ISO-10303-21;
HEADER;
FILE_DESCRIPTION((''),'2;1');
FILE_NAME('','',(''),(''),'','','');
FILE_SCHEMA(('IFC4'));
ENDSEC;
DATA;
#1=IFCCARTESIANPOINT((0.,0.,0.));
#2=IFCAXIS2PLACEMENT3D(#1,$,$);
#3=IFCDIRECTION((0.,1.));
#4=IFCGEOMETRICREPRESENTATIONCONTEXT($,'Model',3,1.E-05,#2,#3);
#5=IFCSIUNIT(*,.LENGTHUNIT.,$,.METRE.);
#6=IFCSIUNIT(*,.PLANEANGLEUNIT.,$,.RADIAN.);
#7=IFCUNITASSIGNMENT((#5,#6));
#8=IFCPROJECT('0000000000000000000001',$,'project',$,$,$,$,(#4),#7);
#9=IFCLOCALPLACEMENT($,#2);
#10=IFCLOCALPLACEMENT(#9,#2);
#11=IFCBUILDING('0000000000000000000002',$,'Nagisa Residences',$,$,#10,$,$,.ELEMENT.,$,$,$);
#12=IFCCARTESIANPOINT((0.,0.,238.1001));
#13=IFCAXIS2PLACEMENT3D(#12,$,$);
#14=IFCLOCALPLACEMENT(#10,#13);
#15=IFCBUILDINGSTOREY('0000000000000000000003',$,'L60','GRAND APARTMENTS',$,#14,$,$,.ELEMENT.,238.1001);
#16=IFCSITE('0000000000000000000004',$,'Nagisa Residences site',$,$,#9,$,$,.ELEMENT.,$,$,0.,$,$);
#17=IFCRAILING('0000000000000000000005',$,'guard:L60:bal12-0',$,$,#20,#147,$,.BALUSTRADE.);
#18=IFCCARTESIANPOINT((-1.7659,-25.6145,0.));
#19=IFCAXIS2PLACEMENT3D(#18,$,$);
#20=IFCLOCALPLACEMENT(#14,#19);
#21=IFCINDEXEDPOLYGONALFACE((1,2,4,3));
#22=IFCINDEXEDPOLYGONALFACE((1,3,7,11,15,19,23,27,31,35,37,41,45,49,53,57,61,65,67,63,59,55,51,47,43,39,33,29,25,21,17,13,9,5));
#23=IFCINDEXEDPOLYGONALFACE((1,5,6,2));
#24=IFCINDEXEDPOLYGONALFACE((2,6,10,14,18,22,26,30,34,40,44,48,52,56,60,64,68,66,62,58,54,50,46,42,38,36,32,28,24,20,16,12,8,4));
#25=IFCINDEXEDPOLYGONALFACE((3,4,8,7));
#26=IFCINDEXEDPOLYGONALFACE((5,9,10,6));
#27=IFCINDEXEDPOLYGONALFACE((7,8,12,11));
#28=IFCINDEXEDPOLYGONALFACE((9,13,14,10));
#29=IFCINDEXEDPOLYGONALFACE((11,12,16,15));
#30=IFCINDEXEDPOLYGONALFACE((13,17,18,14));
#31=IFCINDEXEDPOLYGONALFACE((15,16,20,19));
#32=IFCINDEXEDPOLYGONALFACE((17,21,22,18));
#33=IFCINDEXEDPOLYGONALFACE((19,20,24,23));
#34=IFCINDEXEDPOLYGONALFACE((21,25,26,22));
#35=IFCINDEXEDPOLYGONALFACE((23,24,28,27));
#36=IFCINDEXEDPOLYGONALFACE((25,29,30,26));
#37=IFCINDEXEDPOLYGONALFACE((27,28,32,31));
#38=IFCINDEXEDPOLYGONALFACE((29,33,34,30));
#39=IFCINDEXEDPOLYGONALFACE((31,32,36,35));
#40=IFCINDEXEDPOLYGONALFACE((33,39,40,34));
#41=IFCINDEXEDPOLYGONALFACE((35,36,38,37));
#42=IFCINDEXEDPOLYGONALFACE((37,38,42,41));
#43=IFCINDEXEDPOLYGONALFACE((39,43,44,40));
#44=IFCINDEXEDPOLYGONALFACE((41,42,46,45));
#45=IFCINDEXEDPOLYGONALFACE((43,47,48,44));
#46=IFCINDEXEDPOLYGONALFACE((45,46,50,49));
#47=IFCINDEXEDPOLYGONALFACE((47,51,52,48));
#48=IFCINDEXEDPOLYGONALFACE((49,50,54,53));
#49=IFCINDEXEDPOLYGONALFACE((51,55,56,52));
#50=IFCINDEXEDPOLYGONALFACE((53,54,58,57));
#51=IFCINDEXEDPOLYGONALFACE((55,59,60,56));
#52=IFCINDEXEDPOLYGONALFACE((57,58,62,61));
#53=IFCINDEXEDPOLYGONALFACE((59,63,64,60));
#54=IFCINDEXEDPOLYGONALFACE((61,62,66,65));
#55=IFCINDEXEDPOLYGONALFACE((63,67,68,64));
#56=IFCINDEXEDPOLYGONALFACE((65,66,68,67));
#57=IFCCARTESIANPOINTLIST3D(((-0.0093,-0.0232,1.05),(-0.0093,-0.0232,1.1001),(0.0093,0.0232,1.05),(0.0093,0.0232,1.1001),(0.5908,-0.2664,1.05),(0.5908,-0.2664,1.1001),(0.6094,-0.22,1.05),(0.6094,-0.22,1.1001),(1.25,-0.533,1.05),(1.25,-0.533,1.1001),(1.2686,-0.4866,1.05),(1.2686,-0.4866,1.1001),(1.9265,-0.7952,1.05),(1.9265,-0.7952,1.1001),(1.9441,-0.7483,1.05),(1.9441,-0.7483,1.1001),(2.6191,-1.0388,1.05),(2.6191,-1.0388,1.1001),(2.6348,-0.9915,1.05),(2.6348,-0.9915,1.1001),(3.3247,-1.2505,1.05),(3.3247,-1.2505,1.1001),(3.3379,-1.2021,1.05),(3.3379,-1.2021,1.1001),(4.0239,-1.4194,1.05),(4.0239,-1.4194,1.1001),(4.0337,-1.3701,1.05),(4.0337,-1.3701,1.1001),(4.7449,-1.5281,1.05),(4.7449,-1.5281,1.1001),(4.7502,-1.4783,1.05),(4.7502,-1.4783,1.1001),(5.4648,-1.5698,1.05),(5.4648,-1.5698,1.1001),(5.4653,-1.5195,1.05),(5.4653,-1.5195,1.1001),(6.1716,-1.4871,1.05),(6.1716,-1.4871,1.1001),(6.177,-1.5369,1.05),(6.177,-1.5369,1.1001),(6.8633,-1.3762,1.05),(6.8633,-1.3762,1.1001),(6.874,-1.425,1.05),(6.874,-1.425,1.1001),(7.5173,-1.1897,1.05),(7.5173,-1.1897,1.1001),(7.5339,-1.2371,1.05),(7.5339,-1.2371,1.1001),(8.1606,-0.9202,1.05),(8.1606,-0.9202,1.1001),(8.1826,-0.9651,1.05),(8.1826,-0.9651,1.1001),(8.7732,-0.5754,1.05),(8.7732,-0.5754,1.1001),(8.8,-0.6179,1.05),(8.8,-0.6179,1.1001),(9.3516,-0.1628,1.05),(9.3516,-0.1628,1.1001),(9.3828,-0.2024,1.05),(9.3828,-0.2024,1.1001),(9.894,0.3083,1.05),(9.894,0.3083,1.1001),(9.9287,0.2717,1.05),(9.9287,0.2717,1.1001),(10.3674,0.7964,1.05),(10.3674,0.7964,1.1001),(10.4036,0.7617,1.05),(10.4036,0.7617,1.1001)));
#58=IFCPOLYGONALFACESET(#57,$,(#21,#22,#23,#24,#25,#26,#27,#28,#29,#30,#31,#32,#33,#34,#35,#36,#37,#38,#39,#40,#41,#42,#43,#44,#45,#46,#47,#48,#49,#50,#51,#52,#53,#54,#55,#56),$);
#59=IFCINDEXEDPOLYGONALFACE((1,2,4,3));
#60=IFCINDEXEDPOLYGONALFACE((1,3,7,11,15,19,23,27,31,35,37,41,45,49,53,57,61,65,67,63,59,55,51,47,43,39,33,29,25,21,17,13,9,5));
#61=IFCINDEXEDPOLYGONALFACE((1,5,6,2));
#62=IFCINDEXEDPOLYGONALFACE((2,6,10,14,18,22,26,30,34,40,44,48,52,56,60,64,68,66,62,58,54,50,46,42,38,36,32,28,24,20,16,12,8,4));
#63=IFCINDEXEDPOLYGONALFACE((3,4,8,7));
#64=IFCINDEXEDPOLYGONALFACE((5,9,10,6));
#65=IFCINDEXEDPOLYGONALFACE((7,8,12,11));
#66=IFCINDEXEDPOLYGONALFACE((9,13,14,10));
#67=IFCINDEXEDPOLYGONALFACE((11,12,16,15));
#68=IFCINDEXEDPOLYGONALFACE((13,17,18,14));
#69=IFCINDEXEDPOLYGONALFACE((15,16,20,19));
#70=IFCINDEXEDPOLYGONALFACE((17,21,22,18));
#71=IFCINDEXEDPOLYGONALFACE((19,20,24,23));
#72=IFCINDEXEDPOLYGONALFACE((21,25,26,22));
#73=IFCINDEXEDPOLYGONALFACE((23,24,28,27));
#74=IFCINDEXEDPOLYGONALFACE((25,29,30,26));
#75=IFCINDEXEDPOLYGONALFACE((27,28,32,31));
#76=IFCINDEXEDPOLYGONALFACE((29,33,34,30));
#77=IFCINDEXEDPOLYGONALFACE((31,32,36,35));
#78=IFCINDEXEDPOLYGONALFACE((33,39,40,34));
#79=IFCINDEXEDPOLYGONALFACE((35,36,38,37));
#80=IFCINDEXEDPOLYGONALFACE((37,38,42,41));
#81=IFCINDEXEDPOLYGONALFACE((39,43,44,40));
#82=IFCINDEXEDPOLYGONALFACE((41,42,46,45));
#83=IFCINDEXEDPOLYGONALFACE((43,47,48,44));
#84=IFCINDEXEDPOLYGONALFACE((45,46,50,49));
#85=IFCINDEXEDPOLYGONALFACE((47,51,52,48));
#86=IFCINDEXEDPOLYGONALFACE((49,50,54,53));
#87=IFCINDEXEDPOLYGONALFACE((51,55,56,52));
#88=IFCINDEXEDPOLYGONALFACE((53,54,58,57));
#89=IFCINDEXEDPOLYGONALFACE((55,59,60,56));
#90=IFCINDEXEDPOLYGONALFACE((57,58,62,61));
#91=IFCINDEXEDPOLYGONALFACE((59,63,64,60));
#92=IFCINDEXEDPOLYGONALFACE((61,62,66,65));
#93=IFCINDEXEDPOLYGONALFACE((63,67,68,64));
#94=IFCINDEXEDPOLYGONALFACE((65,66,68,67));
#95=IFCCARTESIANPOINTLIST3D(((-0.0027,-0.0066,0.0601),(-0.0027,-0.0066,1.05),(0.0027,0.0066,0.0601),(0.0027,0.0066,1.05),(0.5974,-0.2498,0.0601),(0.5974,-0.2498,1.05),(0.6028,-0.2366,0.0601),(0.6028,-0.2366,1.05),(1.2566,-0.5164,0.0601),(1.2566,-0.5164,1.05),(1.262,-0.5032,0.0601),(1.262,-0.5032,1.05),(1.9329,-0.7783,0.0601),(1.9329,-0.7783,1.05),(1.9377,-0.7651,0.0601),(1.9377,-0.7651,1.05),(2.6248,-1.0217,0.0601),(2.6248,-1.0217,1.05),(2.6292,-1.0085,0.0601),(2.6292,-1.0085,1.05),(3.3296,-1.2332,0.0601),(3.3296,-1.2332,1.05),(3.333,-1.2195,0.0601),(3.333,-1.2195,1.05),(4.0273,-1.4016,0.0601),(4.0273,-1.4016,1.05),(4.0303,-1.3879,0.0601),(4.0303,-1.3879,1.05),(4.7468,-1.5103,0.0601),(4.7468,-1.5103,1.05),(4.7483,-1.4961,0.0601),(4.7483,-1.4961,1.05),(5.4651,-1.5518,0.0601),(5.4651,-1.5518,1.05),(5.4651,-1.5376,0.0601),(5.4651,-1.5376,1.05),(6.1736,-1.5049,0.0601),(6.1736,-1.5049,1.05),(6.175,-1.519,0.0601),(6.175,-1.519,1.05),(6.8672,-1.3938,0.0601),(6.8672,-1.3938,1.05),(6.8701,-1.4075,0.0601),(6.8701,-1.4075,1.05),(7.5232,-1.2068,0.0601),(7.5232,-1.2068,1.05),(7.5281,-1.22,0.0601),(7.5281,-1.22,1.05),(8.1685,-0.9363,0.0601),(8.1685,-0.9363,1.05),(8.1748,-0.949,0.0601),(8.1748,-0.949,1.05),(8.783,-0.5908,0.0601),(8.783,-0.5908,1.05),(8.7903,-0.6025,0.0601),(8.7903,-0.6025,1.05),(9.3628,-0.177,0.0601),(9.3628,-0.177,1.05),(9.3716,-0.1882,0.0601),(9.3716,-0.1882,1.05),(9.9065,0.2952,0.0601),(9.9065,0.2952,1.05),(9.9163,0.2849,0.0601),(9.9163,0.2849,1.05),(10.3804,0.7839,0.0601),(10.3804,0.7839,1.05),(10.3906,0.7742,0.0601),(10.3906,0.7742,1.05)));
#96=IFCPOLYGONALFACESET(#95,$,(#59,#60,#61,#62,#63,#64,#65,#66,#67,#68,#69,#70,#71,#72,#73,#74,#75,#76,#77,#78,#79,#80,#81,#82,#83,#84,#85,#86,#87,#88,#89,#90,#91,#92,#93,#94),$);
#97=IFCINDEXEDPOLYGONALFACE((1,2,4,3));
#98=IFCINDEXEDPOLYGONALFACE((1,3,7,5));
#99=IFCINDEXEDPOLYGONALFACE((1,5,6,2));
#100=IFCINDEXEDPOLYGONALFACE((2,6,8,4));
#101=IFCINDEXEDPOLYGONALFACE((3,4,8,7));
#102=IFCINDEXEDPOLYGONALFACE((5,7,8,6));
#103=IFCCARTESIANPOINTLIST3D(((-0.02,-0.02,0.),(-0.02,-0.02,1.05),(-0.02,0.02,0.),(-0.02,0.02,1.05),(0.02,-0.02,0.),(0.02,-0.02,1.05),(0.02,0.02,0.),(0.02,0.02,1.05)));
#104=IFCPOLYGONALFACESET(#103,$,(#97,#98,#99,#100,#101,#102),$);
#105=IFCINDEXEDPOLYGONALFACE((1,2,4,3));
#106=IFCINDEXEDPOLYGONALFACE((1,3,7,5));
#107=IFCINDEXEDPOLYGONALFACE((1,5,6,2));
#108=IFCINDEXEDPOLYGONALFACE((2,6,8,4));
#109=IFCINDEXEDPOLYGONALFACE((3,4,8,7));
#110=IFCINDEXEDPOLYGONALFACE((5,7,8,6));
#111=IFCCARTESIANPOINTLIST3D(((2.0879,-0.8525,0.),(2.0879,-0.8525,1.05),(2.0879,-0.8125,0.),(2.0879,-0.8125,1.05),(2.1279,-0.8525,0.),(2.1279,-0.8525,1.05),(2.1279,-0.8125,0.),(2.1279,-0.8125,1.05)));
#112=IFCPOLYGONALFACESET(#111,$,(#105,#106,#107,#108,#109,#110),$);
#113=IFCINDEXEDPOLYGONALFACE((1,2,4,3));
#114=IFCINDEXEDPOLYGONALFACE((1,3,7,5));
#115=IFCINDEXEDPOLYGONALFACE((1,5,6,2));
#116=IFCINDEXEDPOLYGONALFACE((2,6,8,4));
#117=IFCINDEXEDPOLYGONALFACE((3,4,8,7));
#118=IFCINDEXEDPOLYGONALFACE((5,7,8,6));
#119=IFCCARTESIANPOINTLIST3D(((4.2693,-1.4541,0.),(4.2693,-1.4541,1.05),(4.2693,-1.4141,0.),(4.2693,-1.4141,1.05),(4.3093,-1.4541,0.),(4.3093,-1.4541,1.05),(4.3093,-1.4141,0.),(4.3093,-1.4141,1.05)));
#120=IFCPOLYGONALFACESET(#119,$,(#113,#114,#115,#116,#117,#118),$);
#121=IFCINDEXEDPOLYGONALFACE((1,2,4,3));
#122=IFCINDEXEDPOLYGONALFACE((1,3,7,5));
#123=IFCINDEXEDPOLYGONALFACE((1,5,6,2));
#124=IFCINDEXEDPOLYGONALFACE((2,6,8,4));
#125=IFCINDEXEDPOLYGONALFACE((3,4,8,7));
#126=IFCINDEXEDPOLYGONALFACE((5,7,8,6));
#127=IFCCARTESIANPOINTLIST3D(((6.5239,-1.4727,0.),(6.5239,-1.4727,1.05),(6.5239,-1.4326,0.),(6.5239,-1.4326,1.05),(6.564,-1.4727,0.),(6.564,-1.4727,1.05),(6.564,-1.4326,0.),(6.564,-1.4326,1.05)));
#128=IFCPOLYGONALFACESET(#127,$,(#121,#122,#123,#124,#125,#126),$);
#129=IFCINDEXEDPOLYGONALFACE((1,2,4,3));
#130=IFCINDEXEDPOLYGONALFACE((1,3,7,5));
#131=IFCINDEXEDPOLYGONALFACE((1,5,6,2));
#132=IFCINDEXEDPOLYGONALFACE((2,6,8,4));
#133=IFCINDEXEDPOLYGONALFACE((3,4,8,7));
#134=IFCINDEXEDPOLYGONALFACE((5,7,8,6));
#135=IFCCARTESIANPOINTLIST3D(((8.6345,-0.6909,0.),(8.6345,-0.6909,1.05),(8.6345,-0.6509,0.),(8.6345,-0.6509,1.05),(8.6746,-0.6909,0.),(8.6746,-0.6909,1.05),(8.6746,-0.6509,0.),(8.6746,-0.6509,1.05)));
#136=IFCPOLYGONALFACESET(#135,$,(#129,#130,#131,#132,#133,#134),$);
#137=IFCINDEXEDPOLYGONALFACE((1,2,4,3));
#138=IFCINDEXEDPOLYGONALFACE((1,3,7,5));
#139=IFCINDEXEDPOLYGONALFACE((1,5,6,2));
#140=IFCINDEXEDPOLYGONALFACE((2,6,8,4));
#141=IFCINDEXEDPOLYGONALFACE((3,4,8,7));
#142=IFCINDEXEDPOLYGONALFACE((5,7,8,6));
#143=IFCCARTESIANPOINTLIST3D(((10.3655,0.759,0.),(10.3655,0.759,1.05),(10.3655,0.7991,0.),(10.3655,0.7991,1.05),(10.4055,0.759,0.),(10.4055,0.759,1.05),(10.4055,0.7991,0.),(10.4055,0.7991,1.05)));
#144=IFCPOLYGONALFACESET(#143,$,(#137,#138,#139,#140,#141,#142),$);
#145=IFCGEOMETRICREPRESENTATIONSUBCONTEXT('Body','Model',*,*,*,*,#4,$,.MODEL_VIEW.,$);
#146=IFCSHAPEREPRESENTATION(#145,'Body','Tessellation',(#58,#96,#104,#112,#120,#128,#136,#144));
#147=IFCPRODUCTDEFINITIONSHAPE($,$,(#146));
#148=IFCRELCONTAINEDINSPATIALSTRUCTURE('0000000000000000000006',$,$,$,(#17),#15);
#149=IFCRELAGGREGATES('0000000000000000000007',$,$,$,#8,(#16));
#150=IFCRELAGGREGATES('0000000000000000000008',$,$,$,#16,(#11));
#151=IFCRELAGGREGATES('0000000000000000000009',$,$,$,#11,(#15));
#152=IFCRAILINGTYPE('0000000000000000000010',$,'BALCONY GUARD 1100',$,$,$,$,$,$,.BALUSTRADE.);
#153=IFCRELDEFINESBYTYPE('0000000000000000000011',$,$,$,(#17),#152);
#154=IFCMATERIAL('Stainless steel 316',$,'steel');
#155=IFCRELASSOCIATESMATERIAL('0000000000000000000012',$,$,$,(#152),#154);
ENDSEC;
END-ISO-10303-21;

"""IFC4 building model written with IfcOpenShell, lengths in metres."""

from ifc_helpers import new_model, si_unit, direction, frame, origin, origin_2d, place, context, subcontext, project, spatial, polyline, rectangle, outline, extrude, material, type_object, element, save


model = new_model("IFC4")

# Units and contexts
model_context = context("Model", 3, precision=1e-05, world=origin(), true_north=direction((0.0, 1.0)))
body_context = subcontext(model_context, "Body", "Model", "MODEL_VIEW")
ifc_project = project(units=[si_unit("LENGTHUNIT", "METRE"), si_unit("PLANEANGLEUNIT", "RADIAN")], contexts=[model_context])

# Site, building, storey
site_placement = place(None, origin())
site = spatial("IfcSite", under=ifc_project, at=site_placement, Name="Nagisa Residences site", CompositionType="ELEMENT", RefElevation=0.0)
building_placement = place(site_placement, origin())
building = spatial("IfcBuilding", under=site, at=building_placement, Name="Nagisa Residences", CompositionType="ELEMENT")
storey_placement = place(building_placement, frame((0.0, 0.0, 238.1001)))
storey = spatial("IfcBuildingStorey", under=building, at=storey_placement, Name="L60", Description="GRAND APARTMENTS", CompositionType="ELEMENT", Elevation=238.1001)

# Railing
ifc_material_1 = material(Name="Stainless steel 316", Category="steel")
railing_type = type_object("IfcRailingType", Name="BALCONY GUARD 1100", PredefinedType="BALUSTRADE", material=ifc_material_1)
railing_placement = place(storey_placement, frame((-1.7659, -25.6145, 0.0)))
element("IfcRailing", 1, at=railing_placement, inside=storey, type_object=railing_type, Name="guard:L60:bal12-0", PredefinedType="BALUSTRADE", context=body_context, shape_type="SweptSolid", body=[
    extrude(outline(polyline([(0.6094, -0.22), (0.0093, 0.0232), (-0.0093, -0.0232), (0.5908, -0.2664), (1.25, -0.533), (1.9265, -0.7952), (2.6191, -1.0388), (3.3247, -1.2505), (4.0239, -1.4194), (4.7449, -1.5281), (5.4648, -1.5698), (6.177, -1.5369), (6.874, -1.425), (7.5339, -1.2371), (8.1826, -0.9651), (8.8, -0.6179), (9.3828, -0.2024), (9.9287, 0.2717), (10.4036, 0.7617), (10.3674, 0.7964), (9.894, 0.3083), (9.3516, -0.1628), (8.7732, -0.5754), (8.1606, -0.9202), (7.5173, -1.1897), (6.8633, -1.3762), (6.1716, -1.4871), (5.4653, -1.5195), (4.7502, -1.4783), (4.0337, -1.3701), (3.3379, -1.2021), (2.6348, -0.9915), (1.9441, -0.7483), (1.2686, -0.4866), (0.6094, -0.22)])), frame((0.0, 0.0, 1.05)), (0.0, 0.0, 1.0), 0.05),
    extrude(outline(polyline([(0.6028, -0.2366), (0.0027, 0.0066), (-0.0027, -0.0066), (0.5974, -0.2498), (1.2566, -0.5164), (1.9329, -0.7783), (2.6248, -1.0217), (3.3296, -1.2332), (4.0273, -1.4016), (4.7468, -1.5103), (5.4651, -1.5518), (6.175, -1.519), (6.8701, -1.4075), (7.5281, -1.22), (8.1748, -0.949), (8.7903, -0.6025), (9.3716, -0.1882), (9.9163, 0.2849), (10.3906, 0.7742), (10.3804, 0.7839), (9.9065, 0.2952), (9.3628, -0.177), (8.783, -0.5908), (8.1685, -0.9363), (7.5232, -1.2068), (6.8672, -1.3938), (6.1736, -1.5049), (5.4651, -1.5376), (4.7483, -1.4961), (4.0303, -1.3879), (3.333, -1.2195), (2.6292, -1.0085), (1.9377, -0.7651), (1.262, -0.5032), (0.6028, -0.2366)])), frame((0.0, 0.0, 0.0601)), (0.0, 0.0, 1.0), 0.99),
    extrude(rectangle(XDim=0.04, YDim=0.04, at=origin_2d()), origin(), (0.0, 0.0, 1.0), 1.05),
    extrude(rectangle(XDim=0.04, YDim=0.04, at=origin_2d()), frame((2.1079, -0.8325, 0.0)), (0.0, 0.0, 1.0), 1.05),
    extrude(rectangle(XDim=0.04, YDim=0.04, at=origin_2d()), frame((4.2893, -1.4341, 0.0)), (0.0, 0.0, 1.0), 1.05),
    extrude(rectangle(XDim=0.04, YDim=0.04, at=origin_2d()), frame((6.5439, -1.4526, 0.0)), (0.0, 0.0, 1.0), 1.05),
    extrude(rectangle(XDim=0.04, YDim=0.04, at=origin_2d()), frame((8.6545, -0.6709, 0.0)), (0.0, 0.0, 1.0), 1.05),
    extrude(rectangle(XDim=0.04, YDim=0.04, at=origin_2d()), frame((10.3855, 0.7791, 0.0)), (0.0, 0.0, 1.0), 1.05),
])

save(model, "model.ifc")
